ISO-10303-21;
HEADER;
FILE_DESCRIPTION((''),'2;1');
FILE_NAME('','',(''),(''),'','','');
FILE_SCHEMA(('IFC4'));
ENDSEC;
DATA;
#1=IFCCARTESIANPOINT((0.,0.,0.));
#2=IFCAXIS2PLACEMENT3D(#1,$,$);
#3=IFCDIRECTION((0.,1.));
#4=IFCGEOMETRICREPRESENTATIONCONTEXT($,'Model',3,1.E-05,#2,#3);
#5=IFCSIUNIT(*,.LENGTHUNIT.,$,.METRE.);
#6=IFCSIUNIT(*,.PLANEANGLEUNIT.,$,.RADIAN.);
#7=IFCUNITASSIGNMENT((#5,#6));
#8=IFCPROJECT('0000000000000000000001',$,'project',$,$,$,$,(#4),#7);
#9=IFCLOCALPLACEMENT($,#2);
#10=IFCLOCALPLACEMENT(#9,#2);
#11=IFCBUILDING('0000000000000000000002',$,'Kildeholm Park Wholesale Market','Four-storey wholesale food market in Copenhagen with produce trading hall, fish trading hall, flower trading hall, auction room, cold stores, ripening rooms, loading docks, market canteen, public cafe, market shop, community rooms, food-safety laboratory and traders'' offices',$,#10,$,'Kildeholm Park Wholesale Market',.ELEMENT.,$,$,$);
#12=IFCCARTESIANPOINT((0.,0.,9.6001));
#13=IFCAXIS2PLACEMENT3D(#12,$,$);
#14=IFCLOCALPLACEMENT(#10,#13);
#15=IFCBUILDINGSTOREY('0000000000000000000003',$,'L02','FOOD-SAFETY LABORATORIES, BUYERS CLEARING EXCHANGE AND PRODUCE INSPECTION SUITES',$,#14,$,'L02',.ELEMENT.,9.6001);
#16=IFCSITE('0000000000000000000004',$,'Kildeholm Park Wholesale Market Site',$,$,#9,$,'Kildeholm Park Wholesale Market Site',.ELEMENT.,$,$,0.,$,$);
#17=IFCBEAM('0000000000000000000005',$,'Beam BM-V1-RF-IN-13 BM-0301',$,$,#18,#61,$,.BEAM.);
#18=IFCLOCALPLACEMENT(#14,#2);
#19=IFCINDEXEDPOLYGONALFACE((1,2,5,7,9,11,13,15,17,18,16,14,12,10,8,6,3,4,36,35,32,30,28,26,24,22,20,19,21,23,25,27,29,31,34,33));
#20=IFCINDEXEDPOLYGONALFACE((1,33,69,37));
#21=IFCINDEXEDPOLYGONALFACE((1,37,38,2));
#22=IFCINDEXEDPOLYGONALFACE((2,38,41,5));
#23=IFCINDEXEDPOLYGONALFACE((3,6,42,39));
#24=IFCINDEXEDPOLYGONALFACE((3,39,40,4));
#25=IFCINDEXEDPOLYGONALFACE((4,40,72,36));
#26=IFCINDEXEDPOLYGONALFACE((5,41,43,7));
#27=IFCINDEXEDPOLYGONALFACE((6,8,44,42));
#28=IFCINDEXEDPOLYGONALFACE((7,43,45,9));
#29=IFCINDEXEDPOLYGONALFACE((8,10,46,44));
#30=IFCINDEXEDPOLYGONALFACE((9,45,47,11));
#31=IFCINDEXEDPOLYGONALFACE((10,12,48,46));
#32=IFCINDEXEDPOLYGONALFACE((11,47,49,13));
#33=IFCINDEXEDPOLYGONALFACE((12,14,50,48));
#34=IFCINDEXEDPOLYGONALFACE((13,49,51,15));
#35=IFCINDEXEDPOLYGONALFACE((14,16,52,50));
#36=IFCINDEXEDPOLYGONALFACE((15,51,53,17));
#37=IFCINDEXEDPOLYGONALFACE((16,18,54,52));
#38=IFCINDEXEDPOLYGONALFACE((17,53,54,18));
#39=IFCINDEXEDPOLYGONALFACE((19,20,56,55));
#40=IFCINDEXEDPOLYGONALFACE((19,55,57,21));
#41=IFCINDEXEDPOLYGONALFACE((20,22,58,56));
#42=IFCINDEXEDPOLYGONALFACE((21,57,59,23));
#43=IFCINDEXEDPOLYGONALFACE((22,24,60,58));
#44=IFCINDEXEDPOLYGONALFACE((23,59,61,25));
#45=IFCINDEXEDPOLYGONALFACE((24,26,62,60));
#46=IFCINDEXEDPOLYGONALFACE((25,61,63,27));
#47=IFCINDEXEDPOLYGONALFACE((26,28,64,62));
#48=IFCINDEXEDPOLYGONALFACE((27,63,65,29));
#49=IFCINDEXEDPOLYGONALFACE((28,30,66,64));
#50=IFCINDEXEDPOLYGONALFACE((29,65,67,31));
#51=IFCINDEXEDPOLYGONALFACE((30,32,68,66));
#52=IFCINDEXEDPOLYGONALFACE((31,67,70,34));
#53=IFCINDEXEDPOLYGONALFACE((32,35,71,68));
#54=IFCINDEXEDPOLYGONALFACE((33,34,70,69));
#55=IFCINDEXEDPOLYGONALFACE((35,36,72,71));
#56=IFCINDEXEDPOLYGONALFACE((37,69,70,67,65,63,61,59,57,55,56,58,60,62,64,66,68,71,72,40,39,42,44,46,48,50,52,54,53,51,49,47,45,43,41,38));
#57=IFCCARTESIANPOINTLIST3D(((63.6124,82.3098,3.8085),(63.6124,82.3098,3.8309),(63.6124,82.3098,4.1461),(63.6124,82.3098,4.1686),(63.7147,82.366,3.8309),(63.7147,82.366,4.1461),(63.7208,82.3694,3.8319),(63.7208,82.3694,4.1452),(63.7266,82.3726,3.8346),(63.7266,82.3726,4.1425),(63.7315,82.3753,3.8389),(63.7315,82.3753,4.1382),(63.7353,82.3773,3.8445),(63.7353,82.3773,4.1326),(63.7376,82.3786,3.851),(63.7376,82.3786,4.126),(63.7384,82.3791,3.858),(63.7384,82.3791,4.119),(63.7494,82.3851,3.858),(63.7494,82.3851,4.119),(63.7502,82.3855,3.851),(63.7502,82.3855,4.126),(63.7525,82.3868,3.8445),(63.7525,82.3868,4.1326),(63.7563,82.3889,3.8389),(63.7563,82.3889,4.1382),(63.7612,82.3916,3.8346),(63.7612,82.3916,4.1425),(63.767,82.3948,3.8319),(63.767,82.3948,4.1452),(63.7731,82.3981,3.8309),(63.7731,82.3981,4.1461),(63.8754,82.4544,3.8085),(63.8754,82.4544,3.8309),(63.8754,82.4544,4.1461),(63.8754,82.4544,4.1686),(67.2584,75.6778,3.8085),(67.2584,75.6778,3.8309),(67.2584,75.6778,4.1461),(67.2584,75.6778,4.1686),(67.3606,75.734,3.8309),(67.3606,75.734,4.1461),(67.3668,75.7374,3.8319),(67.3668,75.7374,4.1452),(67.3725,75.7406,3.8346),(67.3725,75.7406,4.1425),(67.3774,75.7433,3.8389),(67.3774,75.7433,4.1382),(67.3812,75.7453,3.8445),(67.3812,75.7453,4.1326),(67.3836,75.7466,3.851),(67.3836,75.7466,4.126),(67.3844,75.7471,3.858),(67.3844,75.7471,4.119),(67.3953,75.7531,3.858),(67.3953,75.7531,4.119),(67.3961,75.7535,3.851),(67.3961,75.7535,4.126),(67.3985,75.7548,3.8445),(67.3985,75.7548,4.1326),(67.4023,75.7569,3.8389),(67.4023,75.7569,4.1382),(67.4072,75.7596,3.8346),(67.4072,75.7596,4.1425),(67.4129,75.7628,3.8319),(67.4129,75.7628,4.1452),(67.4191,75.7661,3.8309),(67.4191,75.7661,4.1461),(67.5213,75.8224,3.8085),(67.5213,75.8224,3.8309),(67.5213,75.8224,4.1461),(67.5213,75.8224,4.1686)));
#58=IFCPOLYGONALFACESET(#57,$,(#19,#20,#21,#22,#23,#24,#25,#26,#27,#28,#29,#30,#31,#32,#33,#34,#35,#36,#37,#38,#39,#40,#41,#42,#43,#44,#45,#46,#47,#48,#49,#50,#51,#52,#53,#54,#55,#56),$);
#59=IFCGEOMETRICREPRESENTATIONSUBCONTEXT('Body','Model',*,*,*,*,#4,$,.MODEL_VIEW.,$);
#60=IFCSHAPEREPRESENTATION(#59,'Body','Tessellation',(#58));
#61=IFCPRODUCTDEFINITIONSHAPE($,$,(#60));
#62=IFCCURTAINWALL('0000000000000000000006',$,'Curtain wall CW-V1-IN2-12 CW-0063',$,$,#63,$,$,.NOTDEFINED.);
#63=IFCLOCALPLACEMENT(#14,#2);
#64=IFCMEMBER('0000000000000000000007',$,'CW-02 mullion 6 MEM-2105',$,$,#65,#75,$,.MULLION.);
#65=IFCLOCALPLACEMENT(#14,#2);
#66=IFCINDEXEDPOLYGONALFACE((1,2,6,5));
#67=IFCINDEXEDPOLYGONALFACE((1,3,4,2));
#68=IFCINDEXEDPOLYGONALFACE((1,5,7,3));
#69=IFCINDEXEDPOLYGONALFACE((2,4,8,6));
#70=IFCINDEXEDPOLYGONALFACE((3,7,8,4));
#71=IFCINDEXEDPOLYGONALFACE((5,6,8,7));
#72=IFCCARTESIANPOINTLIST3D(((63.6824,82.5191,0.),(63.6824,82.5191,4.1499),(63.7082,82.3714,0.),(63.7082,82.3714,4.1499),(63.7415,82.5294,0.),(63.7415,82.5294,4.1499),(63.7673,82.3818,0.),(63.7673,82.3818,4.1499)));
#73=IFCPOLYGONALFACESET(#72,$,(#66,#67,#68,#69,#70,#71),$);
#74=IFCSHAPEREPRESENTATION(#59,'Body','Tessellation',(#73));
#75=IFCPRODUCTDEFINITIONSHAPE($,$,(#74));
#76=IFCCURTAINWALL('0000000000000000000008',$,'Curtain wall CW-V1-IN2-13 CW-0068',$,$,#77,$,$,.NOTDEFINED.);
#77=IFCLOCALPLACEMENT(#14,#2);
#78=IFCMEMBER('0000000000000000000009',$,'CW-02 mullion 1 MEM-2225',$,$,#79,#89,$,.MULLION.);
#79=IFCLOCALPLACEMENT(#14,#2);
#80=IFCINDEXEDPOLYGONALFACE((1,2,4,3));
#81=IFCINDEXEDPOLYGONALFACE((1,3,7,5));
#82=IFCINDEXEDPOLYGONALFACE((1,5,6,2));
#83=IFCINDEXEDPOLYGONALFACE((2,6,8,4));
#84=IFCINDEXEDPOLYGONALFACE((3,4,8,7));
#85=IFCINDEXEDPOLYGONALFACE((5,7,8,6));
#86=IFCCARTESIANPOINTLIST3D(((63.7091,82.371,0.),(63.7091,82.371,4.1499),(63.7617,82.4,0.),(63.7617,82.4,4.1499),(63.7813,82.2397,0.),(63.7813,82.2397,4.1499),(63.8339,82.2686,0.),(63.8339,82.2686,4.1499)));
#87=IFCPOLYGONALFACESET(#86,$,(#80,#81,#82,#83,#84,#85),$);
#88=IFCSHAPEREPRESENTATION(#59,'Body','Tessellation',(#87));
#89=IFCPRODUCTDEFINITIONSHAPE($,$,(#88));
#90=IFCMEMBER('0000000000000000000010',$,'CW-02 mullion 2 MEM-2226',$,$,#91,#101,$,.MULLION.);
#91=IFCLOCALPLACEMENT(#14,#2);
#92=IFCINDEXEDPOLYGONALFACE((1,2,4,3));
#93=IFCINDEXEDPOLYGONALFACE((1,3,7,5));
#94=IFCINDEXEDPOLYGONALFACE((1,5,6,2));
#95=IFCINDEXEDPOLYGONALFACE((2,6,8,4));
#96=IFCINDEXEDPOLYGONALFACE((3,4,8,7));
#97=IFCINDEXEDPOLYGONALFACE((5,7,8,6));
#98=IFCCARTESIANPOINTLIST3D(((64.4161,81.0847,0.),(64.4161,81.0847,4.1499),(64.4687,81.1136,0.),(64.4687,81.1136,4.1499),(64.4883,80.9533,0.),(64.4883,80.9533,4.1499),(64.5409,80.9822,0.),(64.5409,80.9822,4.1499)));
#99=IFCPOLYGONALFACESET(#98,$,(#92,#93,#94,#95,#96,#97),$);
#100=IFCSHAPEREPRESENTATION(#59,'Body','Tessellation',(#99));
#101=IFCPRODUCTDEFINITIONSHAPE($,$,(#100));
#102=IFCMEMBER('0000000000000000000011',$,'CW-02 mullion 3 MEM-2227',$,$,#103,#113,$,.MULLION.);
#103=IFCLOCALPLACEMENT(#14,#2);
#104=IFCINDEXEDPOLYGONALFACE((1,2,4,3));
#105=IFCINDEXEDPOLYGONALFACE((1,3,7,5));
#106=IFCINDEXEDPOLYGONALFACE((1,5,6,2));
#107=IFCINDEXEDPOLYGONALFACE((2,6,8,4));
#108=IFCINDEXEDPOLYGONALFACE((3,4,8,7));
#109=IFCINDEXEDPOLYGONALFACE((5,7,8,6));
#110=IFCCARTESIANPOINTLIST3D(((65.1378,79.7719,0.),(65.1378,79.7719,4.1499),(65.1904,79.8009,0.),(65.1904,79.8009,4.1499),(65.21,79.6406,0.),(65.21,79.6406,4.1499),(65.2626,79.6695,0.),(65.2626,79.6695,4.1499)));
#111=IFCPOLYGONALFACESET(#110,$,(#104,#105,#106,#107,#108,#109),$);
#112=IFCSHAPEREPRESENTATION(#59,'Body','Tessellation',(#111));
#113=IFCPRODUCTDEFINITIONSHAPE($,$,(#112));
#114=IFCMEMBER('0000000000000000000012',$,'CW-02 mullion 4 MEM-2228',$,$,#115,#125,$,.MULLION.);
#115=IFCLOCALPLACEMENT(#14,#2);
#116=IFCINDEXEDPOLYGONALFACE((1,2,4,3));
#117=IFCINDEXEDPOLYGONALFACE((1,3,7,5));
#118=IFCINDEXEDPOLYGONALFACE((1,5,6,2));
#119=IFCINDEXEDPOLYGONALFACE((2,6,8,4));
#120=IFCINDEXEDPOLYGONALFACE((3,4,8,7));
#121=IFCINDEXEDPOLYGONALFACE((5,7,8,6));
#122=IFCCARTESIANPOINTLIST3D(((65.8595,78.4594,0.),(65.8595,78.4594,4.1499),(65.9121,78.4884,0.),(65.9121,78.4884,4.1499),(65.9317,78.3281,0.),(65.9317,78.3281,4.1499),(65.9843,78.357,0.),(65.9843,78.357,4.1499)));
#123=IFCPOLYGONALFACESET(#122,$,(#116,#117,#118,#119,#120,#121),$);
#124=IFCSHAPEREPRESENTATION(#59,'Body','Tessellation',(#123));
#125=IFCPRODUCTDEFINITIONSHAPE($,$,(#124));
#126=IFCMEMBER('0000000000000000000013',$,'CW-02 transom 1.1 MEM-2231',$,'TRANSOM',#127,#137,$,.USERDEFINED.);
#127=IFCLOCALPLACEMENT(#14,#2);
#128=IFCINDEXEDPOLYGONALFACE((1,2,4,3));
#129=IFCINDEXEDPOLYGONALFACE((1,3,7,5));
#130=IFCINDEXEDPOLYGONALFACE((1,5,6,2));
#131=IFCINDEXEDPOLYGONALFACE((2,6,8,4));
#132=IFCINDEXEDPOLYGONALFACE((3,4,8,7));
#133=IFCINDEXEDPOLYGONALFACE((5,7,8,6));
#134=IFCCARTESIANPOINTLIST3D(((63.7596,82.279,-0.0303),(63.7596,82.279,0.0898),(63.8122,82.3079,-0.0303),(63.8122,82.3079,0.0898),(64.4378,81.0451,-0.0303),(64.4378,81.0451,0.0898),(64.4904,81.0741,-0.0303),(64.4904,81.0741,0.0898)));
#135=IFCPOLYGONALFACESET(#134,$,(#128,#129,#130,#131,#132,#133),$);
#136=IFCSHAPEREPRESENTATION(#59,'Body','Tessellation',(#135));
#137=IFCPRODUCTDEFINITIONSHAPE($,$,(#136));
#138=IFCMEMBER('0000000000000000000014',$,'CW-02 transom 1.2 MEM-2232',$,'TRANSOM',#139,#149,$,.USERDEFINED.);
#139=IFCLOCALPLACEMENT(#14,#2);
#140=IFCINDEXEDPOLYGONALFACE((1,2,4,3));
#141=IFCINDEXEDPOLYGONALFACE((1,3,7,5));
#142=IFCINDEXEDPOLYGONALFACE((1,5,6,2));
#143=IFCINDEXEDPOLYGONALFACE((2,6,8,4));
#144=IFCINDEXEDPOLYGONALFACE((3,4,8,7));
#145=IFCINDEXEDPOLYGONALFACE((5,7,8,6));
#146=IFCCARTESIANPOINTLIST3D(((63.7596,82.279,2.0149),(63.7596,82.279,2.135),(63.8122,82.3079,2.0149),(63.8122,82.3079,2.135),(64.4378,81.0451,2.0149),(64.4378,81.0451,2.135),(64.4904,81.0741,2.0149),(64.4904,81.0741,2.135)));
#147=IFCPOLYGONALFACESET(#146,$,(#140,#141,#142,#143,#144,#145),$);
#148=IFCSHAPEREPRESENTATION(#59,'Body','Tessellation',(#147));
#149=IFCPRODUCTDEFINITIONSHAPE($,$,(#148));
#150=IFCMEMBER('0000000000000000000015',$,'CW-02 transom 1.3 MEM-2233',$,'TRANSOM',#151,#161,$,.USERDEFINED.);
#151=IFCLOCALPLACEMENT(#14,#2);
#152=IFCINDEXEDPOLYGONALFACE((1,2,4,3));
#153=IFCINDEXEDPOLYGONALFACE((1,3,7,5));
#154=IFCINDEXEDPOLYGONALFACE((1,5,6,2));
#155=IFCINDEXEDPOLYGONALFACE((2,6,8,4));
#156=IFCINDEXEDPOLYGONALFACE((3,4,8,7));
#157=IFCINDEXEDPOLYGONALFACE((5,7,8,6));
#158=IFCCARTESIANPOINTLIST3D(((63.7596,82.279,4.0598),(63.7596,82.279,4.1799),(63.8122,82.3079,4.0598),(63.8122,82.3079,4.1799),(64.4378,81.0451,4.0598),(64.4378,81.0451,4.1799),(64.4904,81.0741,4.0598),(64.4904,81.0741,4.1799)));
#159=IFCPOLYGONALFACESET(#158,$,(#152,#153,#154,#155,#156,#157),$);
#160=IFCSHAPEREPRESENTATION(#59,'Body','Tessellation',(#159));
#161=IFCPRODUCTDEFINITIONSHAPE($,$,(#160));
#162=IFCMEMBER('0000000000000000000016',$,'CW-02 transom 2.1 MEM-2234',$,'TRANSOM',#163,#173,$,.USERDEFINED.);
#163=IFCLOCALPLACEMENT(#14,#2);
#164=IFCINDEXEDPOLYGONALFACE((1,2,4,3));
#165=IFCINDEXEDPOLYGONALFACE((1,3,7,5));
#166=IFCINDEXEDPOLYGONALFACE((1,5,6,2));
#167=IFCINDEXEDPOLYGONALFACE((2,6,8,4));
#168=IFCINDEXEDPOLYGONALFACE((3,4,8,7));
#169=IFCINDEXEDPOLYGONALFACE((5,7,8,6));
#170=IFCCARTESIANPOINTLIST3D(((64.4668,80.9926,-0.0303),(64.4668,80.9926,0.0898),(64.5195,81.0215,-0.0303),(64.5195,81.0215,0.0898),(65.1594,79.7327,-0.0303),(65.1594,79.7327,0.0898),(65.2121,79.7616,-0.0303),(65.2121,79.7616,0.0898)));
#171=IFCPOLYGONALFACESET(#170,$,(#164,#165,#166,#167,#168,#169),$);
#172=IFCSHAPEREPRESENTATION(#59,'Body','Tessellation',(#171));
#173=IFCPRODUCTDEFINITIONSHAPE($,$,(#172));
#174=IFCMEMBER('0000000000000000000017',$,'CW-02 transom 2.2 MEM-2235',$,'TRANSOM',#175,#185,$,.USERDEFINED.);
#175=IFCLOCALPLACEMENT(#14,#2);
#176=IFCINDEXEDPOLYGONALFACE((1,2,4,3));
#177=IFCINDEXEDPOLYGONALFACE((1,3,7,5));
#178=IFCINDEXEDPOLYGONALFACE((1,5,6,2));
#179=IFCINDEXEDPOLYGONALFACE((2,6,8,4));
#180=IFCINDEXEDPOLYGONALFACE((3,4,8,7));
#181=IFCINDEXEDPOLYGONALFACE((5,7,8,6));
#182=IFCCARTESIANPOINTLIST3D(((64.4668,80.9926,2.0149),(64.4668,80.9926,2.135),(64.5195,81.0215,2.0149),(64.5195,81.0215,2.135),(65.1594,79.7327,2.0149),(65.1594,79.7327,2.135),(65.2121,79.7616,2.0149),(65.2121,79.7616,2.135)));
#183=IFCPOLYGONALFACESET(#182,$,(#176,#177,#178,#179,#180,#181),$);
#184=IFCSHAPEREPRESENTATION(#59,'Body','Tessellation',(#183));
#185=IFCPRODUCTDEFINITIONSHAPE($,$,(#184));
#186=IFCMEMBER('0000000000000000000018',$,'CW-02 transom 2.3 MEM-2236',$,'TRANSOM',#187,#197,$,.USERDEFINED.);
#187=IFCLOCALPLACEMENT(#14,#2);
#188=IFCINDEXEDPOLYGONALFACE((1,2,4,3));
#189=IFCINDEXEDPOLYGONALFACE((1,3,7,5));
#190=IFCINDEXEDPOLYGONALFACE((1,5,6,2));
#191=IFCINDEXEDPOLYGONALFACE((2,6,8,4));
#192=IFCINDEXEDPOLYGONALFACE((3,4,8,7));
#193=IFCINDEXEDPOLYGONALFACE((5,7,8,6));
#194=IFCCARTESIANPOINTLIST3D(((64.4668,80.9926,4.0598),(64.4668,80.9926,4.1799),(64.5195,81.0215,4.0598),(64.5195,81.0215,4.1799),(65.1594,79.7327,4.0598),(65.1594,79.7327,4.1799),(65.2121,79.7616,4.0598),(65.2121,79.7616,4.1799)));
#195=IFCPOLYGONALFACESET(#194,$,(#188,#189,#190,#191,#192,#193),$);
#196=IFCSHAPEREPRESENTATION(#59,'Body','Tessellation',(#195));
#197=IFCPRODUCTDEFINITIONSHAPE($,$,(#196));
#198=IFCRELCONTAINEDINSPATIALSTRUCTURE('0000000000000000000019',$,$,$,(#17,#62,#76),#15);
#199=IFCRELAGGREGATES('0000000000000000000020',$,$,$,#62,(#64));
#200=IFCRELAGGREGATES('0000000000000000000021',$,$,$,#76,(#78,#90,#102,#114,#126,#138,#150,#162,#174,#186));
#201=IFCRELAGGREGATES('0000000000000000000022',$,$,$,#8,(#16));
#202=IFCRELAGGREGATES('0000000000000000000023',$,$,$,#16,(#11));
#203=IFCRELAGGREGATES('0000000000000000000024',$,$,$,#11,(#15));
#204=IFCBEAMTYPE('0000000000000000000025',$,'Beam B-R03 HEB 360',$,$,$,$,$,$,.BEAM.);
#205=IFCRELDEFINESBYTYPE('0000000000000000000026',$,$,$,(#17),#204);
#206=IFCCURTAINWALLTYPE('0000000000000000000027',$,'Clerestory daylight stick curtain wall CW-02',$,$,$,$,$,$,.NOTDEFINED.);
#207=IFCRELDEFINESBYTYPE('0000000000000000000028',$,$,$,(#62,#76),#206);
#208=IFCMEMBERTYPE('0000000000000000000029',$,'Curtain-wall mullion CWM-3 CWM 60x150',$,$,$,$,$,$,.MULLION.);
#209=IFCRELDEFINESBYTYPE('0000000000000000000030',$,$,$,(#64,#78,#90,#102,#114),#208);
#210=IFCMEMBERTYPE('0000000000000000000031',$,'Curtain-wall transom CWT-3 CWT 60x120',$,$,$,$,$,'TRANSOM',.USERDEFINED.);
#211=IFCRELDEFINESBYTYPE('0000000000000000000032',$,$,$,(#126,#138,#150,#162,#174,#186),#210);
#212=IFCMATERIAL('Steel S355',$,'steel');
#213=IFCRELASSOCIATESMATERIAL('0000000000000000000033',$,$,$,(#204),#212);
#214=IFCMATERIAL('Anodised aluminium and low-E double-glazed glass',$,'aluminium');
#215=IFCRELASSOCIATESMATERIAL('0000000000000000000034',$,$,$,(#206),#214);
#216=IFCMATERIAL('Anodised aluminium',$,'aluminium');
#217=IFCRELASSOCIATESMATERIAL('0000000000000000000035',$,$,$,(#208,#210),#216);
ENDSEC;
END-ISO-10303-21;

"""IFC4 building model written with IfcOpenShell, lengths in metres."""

from ifc_helpers import new_model, si_unit, direction, frame, origin, origin_2d, place, context, subcontext, project, spatial, rectangle, i_section, extrude, material, material_profile, profile_set, type_object, element, aggregate, save


model = new_model("IFC4")

# Units and contexts
model_context = context("Model", 3, precision=1e-05, world=origin(), true_north=direction((0.0, 1.0)))
body_context = subcontext(model_context, "Body", "Model", "MODEL_VIEW")
ifc_project = project(units=[si_unit("LENGTHUNIT", "METRE"), si_unit("PLANEANGLEUNIT", "RADIAN")], contexts=[model_context])

# Site, building, storey
site_placement = place(None, origin())
site = spatial("IfcSite", under=ifc_project, at=site_placement, Name="Kildeholm Park Wholesale Market Site", LongName="Kildeholm Park Wholesale Market Site", CompositionType="ELEMENT", RefElevation=0.0)
building_placement = place(site_placement, origin())
building = spatial("IfcBuilding", under=site, at=building_placement, Name="Kildeholm Park Wholesale Market", Description="Four-storey wholesale food market in Copenhagen with produce trading hall, fish trading hall, flower trading hall, auction room, cold stores, ripening rooms, loading docks, market canteen, public cafe, market shop, community rooms, food-safety laboratory and traders' offices", LongName="Kildeholm Park Wholesale Market", CompositionType="ELEMENT")
storey_placement = place(building_placement, frame((0.0, 0.0, 9.6001)))
storey = spatial("IfcBuildingStorey", under=building, at=storey_placement, Name="L02", Description="FOOD-SAFETY LABORATORIES, BUYERS CLEARING EXCHANGE AND PRODUCE INSPECTION SUITES", LongName="L02", CompositionType="ELEMENT", Elevation=9.6001)

# Shared definitions
ifc_material_1 = material(Name="Steel S355", Category="steel")

# Beam
ifc_material_profile_1 = material_profile(ifc_material_1, i_section(OverallWidth=0.3, OverallDepth=0.3601, WebThickness=0.0125, FlangeThickness=0.0225, FilletRadius=0.0271, at=origin_2d()), Name="HEB 360")
ifc_profile_set_1 = profile_set([ifc_material_profile_1], Name="Steel S355")
beam_type_1 = type_object("IfcBeamType", Name="Beam B-R03 HEB 360", PredefinedType="BEAM", material=ifc_profile_set_1)
beam_1_placement = place(storey_placement, frame((63.7439, 82.3821, 3.9885), z_axis=(0.481752, -0.876308, 0.0), x_axis=(0.876308, 0.481752, 0.0)))
element("IfcBeam", 1, at=beam_1_placement, inside=storey, type_object=beam_type_1, Name="Beam BM-V1-RF-IN-13 BM-0301", PredefinedType="BEAM", context=body_context, shape_type="SweptSolid", body=[
    extrude(i_section(OverallWidth=0.3, OverallDepth=0.3601, WebThickness=0.0125, FlangeThickness=0.0225, FilletRadius=0.0271, at=origin_2d()), origin(), (0.0, 0.0, 1.0), 7.5681),
])

# Curtain wall, member
ifc_material_2 = material(Name="Anodised aluminium and low-E double-glazed glass", Category="aluminium")
curtain_wall_type = type_object("IfcCurtainWallType", Name="Clerestory daylight stick curtain wall CW-02", PredefinedType="NOTDEFINED", material=ifc_material_2)
curtain_wall_1_placement = place(storey_placement, origin())
curtain_wall_1 = element("IfcCurtainWall", 2, at=curtain_wall_1_placement, inside=storey, type_object=curtain_wall_type, Name="Curtain wall CW-V1-IN2-12 CW-0063", PredefinedType="NOTDEFINED")
ifc_material_3 = material(Name="Anodised aluminium", Category="aluminium")
ifc_material_profile_2 = material_profile(ifc_material_3, rectangle(XDim=0.0601, YDim=0.1499, at=origin_2d()), Name="CWM 60x150")
ifc_profile_set_2 = profile_set([ifc_material_profile_2], Name="Anodised aluminium")
member_type_1 = type_object("IfcMemberType", Name="Curtain-wall mullion CWM-3 CWM 60x150", PredefinedType="MULLION", material=ifc_profile_set_2)
member_1_placement = place(storey_placement, frame((63.7249, 82.4504, 0.0), z_axis=(0.0, 0.0, 1.0), x_axis=(0.985074, 0.172133, 0.0)))
member_1 = element("IfcMember", 3, at=member_1_placement, type_object=member_type_1, Name="CW-02 mullion 6 MEM-2105", PredefinedType="MULLION", context=body_context, shape_type="SweptSolid", body=[
    extrude(rectangle(XDim=0.0601, YDim=0.1499, at=origin_2d()), origin(), (0.0, 0.0, 1.0), 4.1499),
])

# Curtain wall, members
curtain_wall_2_placement = place(storey_placement, origin())
curtain_wall_2 = element("IfcCurtainWall", 4, at=curtain_wall_2_placement, inside=storey, type_object=curtain_wall_type, Name="Curtain wall CW-V1-IN2-13 CW-0068", PredefinedType="NOTDEFINED")
member_2_placement = place(storey_placement, frame((63.7715, 82.3198, 0.0), z_axis=(0.0, 0.0, 1.0), x_axis=(0.876309, 0.48175, 0.0)))
member_2 = element("IfcMember", 5, at=member_2_placement, type_object=member_type_1, Name="CW-02 mullion 1 MEM-2225", PredefinedType="MULLION", context=body_context, shape_type="SweptSolid", body=[
    extrude(rectangle(XDim=0.0601, YDim=0.1499, at=origin_2d()), origin(), (0.0, 0.0, 1.0), 4.1499),
])
member_3_placement = place(storey_placement, frame((64.4785, 81.0334, 0.0), z_axis=(0.0, 0.0, 1.0), x_axis=(0.876309, 0.48175, 0.0)))
member_3 = element("IfcMember", 6, at=member_3_placement, type_object=member_type_1, Name="CW-02 mullion 2 MEM-2226", PredefinedType="MULLION", context=body_context, shape_type="SweptSolid", body=[
    extrude(rectangle(XDim=0.0601, YDim=0.1499, at=origin_2d()), origin(), (0.0, 0.0, 1.0), 4.1499),
])
member_4_placement = place(storey_placement, frame((65.2002, 79.7207, 0.0), z_axis=(0.0, 0.0, 1.0), x_axis=(0.876309, 0.48175, 0.0)))
member_4 = element("IfcMember", 7, at=member_4_placement, type_object=member_type_1, Name="CW-02 mullion 3 MEM-2227", PredefinedType="MULLION", context=body_context, shape_type="SweptSolid", body=[
    extrude(rectangle(XDim=0.0601, YDim=0.1499, at=origin_2d()), origin(), (0.0, 0.0, 1.0), 4.1499),
])
member_5_placement = place(storey_placement, frame((65.9219, 78.4082, 0.0), z_axis=(0.0, 0.0, 1.0), x_axis=(0.876309, 0.48175, 0.0)))
member_5 = element("IfcMember", 8, at=member_5_placement, type_object=member_type_1, Name="CW-02 mullion 4 MEM-2228", PredefinedType="MULLION", context=body_context, shape_type="SweptSolid", body=[
    extrude(rectangle(XDim=0.0601, YDim=0.1499, at=origin_2d()), origin(), (0.0, 0.0, 1.0), 4.1499),
])
ifc_material_profile_3 = material_profile(ifc_material_3, rectangle(XDim=0.0601, YDim=0.1201, at=origin_2d()), Name="CWT 60x120")
ifc_profile_set_3 = profile_set([ifc_material_profile_3], Name="Anodised aluminium")
member_type_2 = type_object("IfcMemberType", Name="Curtain-wall transom CWT-3 CWT 60x120", ElementType="TRANSOM", PredefinedType="USERDEFINED", material=ifc_profile_set_3)
member_6_placement = place(storey_placement, frame((63.7859, 82.2935, 0.0298), z_axis=(0.481692, -0.87634, 0.0), x_axis=(0.87634, 0.481692, 0.0)))
member_6 = element("IfcMember", 9, at=member_6_placement, type_object=member_type_2, Name="CW-02 transom 1.1 MEM-2231", ObjectType="TRANSOM", PredefinedType="USERDEFINED", context=body_context, shape_type="SweptSolid", body=[
    extrude(rectangle(XDim=0.0601, YDim=0.1201, at=origin_2d()), origin(), (0.0, 0.0, 1.0), 1.408),
])
member_7_placement = place(storey_placement, frame((63.7859, 82.2935, 2.075), z_axis=(0.481692, -0.87634, 0.0), x_axis=(0.87634, 0.481692, 0.0)))
member_7 = element("IfcMember", 10, at=member_7_placement, type_object=member_type_2, Name="CW-02 transom 1.2 MEM-2232", ObjectType="TRANSOM", PredefinedType="USERDEFINED", context=body_context, shape_type="SweptSolid", body=[
    extrude(rectangle(XDim=0.0601, YDim=0.1201, at=origin_2d()), origin(), (0.0, 0.0, 1.0), 1.408),
])
member_8_placement = place(storey_placement, frame((63.7859, 82.2935, 4.1199), z_axis=(0.481692, -0.87634, 0.0), x_axis=(0.87634, 0.481692, 0.0)))
member_8 = element("IfcMember", 11, at=member_8_placement, type_object=member_type_2, Name="CW-02 transom 1.3 MEM-2233", ObjectType="TRANSOM", PredefinedType="USERDEFINED", context=body_context, shape_type="SweptSolid", body=[
    extrude(rectangle(XDim=0.0601, YDim=0.1201, at=origin_2d()), origin(), (0.0, 0.0, 1.0), 1.408),
])
member_9_placement = place(storey_placement, frame((64.4932, 81.0071, 0.0298), z_axis=(0.481717, -0.876327, 0.0), x_axis=(0.876327, 0.481717, 0.0)))
member_9 = element("IfcMember", 12, at=member_9_placement, type_object=member_type_2, Name="CW-02 transom 2.1 MEM-2234", ObjectType="TRANSOM", PredefinedType="USERDEFINED", context=body_context, shape_type="SweptSolid", body=[
    extrude(rectangle(XDim=0.0601, YDim=0.1201, at=origin_2d()), origin(), (0.0, 0.0, 1.0), 1.4377),
])
member_10_placement = place(storey_placement, frame((64.4932, 81.0071, 2.075), z_axis=(0.481717, -0.876327, 0.0), x_axis=(0.876327, 0.481717, 0.0)))
member_10 = element("IfcMember", 13, at=member_10_placement, type_object=member_type_2, Name="CW-02 transom 2.2 MEM-2235", ObjectType="TRANSOM", PredefinedType="USERDEFINED", context=body_context, shape_type="SweptSolid", body=[
    extrude(rectangle(XDim=0.0601, YDim=0.1201, at=origin_2d()), origin(), (0.0, 0.0, 1.0), 1.4377),
])
member_11_placement = place(storey_placement, frame((64.4932, 81.0071, 4.1199), z_axis=(0.481717, -0.876327, 0.0), x_axis=(0.876327, 0.481717, 0.0)))
member_11 = element("IfcMember", 14, at=member_11_placement, type_object=member_type_2, Name="CW-02 transom 2.3 MEM-2236", ObjectType="TRANSOM", PredefinedType="USERDEFINED", context=body_context, shape_type="SweptSolid", body=[
    extrude(rectangle(XDim=0.0601, YDim=0.1201, at=origin_2d()), origin(), (0.0, 0.0, 1.0), 1.4377),
])

aggregate(curtain_wall_1, [member_1])
aggregate(curtain_wall_2, [member_2, member_3, member_4, member_5, member_6, member_7, member_8, member_9, member_10, member_11])

save(model, "model.ifc")
